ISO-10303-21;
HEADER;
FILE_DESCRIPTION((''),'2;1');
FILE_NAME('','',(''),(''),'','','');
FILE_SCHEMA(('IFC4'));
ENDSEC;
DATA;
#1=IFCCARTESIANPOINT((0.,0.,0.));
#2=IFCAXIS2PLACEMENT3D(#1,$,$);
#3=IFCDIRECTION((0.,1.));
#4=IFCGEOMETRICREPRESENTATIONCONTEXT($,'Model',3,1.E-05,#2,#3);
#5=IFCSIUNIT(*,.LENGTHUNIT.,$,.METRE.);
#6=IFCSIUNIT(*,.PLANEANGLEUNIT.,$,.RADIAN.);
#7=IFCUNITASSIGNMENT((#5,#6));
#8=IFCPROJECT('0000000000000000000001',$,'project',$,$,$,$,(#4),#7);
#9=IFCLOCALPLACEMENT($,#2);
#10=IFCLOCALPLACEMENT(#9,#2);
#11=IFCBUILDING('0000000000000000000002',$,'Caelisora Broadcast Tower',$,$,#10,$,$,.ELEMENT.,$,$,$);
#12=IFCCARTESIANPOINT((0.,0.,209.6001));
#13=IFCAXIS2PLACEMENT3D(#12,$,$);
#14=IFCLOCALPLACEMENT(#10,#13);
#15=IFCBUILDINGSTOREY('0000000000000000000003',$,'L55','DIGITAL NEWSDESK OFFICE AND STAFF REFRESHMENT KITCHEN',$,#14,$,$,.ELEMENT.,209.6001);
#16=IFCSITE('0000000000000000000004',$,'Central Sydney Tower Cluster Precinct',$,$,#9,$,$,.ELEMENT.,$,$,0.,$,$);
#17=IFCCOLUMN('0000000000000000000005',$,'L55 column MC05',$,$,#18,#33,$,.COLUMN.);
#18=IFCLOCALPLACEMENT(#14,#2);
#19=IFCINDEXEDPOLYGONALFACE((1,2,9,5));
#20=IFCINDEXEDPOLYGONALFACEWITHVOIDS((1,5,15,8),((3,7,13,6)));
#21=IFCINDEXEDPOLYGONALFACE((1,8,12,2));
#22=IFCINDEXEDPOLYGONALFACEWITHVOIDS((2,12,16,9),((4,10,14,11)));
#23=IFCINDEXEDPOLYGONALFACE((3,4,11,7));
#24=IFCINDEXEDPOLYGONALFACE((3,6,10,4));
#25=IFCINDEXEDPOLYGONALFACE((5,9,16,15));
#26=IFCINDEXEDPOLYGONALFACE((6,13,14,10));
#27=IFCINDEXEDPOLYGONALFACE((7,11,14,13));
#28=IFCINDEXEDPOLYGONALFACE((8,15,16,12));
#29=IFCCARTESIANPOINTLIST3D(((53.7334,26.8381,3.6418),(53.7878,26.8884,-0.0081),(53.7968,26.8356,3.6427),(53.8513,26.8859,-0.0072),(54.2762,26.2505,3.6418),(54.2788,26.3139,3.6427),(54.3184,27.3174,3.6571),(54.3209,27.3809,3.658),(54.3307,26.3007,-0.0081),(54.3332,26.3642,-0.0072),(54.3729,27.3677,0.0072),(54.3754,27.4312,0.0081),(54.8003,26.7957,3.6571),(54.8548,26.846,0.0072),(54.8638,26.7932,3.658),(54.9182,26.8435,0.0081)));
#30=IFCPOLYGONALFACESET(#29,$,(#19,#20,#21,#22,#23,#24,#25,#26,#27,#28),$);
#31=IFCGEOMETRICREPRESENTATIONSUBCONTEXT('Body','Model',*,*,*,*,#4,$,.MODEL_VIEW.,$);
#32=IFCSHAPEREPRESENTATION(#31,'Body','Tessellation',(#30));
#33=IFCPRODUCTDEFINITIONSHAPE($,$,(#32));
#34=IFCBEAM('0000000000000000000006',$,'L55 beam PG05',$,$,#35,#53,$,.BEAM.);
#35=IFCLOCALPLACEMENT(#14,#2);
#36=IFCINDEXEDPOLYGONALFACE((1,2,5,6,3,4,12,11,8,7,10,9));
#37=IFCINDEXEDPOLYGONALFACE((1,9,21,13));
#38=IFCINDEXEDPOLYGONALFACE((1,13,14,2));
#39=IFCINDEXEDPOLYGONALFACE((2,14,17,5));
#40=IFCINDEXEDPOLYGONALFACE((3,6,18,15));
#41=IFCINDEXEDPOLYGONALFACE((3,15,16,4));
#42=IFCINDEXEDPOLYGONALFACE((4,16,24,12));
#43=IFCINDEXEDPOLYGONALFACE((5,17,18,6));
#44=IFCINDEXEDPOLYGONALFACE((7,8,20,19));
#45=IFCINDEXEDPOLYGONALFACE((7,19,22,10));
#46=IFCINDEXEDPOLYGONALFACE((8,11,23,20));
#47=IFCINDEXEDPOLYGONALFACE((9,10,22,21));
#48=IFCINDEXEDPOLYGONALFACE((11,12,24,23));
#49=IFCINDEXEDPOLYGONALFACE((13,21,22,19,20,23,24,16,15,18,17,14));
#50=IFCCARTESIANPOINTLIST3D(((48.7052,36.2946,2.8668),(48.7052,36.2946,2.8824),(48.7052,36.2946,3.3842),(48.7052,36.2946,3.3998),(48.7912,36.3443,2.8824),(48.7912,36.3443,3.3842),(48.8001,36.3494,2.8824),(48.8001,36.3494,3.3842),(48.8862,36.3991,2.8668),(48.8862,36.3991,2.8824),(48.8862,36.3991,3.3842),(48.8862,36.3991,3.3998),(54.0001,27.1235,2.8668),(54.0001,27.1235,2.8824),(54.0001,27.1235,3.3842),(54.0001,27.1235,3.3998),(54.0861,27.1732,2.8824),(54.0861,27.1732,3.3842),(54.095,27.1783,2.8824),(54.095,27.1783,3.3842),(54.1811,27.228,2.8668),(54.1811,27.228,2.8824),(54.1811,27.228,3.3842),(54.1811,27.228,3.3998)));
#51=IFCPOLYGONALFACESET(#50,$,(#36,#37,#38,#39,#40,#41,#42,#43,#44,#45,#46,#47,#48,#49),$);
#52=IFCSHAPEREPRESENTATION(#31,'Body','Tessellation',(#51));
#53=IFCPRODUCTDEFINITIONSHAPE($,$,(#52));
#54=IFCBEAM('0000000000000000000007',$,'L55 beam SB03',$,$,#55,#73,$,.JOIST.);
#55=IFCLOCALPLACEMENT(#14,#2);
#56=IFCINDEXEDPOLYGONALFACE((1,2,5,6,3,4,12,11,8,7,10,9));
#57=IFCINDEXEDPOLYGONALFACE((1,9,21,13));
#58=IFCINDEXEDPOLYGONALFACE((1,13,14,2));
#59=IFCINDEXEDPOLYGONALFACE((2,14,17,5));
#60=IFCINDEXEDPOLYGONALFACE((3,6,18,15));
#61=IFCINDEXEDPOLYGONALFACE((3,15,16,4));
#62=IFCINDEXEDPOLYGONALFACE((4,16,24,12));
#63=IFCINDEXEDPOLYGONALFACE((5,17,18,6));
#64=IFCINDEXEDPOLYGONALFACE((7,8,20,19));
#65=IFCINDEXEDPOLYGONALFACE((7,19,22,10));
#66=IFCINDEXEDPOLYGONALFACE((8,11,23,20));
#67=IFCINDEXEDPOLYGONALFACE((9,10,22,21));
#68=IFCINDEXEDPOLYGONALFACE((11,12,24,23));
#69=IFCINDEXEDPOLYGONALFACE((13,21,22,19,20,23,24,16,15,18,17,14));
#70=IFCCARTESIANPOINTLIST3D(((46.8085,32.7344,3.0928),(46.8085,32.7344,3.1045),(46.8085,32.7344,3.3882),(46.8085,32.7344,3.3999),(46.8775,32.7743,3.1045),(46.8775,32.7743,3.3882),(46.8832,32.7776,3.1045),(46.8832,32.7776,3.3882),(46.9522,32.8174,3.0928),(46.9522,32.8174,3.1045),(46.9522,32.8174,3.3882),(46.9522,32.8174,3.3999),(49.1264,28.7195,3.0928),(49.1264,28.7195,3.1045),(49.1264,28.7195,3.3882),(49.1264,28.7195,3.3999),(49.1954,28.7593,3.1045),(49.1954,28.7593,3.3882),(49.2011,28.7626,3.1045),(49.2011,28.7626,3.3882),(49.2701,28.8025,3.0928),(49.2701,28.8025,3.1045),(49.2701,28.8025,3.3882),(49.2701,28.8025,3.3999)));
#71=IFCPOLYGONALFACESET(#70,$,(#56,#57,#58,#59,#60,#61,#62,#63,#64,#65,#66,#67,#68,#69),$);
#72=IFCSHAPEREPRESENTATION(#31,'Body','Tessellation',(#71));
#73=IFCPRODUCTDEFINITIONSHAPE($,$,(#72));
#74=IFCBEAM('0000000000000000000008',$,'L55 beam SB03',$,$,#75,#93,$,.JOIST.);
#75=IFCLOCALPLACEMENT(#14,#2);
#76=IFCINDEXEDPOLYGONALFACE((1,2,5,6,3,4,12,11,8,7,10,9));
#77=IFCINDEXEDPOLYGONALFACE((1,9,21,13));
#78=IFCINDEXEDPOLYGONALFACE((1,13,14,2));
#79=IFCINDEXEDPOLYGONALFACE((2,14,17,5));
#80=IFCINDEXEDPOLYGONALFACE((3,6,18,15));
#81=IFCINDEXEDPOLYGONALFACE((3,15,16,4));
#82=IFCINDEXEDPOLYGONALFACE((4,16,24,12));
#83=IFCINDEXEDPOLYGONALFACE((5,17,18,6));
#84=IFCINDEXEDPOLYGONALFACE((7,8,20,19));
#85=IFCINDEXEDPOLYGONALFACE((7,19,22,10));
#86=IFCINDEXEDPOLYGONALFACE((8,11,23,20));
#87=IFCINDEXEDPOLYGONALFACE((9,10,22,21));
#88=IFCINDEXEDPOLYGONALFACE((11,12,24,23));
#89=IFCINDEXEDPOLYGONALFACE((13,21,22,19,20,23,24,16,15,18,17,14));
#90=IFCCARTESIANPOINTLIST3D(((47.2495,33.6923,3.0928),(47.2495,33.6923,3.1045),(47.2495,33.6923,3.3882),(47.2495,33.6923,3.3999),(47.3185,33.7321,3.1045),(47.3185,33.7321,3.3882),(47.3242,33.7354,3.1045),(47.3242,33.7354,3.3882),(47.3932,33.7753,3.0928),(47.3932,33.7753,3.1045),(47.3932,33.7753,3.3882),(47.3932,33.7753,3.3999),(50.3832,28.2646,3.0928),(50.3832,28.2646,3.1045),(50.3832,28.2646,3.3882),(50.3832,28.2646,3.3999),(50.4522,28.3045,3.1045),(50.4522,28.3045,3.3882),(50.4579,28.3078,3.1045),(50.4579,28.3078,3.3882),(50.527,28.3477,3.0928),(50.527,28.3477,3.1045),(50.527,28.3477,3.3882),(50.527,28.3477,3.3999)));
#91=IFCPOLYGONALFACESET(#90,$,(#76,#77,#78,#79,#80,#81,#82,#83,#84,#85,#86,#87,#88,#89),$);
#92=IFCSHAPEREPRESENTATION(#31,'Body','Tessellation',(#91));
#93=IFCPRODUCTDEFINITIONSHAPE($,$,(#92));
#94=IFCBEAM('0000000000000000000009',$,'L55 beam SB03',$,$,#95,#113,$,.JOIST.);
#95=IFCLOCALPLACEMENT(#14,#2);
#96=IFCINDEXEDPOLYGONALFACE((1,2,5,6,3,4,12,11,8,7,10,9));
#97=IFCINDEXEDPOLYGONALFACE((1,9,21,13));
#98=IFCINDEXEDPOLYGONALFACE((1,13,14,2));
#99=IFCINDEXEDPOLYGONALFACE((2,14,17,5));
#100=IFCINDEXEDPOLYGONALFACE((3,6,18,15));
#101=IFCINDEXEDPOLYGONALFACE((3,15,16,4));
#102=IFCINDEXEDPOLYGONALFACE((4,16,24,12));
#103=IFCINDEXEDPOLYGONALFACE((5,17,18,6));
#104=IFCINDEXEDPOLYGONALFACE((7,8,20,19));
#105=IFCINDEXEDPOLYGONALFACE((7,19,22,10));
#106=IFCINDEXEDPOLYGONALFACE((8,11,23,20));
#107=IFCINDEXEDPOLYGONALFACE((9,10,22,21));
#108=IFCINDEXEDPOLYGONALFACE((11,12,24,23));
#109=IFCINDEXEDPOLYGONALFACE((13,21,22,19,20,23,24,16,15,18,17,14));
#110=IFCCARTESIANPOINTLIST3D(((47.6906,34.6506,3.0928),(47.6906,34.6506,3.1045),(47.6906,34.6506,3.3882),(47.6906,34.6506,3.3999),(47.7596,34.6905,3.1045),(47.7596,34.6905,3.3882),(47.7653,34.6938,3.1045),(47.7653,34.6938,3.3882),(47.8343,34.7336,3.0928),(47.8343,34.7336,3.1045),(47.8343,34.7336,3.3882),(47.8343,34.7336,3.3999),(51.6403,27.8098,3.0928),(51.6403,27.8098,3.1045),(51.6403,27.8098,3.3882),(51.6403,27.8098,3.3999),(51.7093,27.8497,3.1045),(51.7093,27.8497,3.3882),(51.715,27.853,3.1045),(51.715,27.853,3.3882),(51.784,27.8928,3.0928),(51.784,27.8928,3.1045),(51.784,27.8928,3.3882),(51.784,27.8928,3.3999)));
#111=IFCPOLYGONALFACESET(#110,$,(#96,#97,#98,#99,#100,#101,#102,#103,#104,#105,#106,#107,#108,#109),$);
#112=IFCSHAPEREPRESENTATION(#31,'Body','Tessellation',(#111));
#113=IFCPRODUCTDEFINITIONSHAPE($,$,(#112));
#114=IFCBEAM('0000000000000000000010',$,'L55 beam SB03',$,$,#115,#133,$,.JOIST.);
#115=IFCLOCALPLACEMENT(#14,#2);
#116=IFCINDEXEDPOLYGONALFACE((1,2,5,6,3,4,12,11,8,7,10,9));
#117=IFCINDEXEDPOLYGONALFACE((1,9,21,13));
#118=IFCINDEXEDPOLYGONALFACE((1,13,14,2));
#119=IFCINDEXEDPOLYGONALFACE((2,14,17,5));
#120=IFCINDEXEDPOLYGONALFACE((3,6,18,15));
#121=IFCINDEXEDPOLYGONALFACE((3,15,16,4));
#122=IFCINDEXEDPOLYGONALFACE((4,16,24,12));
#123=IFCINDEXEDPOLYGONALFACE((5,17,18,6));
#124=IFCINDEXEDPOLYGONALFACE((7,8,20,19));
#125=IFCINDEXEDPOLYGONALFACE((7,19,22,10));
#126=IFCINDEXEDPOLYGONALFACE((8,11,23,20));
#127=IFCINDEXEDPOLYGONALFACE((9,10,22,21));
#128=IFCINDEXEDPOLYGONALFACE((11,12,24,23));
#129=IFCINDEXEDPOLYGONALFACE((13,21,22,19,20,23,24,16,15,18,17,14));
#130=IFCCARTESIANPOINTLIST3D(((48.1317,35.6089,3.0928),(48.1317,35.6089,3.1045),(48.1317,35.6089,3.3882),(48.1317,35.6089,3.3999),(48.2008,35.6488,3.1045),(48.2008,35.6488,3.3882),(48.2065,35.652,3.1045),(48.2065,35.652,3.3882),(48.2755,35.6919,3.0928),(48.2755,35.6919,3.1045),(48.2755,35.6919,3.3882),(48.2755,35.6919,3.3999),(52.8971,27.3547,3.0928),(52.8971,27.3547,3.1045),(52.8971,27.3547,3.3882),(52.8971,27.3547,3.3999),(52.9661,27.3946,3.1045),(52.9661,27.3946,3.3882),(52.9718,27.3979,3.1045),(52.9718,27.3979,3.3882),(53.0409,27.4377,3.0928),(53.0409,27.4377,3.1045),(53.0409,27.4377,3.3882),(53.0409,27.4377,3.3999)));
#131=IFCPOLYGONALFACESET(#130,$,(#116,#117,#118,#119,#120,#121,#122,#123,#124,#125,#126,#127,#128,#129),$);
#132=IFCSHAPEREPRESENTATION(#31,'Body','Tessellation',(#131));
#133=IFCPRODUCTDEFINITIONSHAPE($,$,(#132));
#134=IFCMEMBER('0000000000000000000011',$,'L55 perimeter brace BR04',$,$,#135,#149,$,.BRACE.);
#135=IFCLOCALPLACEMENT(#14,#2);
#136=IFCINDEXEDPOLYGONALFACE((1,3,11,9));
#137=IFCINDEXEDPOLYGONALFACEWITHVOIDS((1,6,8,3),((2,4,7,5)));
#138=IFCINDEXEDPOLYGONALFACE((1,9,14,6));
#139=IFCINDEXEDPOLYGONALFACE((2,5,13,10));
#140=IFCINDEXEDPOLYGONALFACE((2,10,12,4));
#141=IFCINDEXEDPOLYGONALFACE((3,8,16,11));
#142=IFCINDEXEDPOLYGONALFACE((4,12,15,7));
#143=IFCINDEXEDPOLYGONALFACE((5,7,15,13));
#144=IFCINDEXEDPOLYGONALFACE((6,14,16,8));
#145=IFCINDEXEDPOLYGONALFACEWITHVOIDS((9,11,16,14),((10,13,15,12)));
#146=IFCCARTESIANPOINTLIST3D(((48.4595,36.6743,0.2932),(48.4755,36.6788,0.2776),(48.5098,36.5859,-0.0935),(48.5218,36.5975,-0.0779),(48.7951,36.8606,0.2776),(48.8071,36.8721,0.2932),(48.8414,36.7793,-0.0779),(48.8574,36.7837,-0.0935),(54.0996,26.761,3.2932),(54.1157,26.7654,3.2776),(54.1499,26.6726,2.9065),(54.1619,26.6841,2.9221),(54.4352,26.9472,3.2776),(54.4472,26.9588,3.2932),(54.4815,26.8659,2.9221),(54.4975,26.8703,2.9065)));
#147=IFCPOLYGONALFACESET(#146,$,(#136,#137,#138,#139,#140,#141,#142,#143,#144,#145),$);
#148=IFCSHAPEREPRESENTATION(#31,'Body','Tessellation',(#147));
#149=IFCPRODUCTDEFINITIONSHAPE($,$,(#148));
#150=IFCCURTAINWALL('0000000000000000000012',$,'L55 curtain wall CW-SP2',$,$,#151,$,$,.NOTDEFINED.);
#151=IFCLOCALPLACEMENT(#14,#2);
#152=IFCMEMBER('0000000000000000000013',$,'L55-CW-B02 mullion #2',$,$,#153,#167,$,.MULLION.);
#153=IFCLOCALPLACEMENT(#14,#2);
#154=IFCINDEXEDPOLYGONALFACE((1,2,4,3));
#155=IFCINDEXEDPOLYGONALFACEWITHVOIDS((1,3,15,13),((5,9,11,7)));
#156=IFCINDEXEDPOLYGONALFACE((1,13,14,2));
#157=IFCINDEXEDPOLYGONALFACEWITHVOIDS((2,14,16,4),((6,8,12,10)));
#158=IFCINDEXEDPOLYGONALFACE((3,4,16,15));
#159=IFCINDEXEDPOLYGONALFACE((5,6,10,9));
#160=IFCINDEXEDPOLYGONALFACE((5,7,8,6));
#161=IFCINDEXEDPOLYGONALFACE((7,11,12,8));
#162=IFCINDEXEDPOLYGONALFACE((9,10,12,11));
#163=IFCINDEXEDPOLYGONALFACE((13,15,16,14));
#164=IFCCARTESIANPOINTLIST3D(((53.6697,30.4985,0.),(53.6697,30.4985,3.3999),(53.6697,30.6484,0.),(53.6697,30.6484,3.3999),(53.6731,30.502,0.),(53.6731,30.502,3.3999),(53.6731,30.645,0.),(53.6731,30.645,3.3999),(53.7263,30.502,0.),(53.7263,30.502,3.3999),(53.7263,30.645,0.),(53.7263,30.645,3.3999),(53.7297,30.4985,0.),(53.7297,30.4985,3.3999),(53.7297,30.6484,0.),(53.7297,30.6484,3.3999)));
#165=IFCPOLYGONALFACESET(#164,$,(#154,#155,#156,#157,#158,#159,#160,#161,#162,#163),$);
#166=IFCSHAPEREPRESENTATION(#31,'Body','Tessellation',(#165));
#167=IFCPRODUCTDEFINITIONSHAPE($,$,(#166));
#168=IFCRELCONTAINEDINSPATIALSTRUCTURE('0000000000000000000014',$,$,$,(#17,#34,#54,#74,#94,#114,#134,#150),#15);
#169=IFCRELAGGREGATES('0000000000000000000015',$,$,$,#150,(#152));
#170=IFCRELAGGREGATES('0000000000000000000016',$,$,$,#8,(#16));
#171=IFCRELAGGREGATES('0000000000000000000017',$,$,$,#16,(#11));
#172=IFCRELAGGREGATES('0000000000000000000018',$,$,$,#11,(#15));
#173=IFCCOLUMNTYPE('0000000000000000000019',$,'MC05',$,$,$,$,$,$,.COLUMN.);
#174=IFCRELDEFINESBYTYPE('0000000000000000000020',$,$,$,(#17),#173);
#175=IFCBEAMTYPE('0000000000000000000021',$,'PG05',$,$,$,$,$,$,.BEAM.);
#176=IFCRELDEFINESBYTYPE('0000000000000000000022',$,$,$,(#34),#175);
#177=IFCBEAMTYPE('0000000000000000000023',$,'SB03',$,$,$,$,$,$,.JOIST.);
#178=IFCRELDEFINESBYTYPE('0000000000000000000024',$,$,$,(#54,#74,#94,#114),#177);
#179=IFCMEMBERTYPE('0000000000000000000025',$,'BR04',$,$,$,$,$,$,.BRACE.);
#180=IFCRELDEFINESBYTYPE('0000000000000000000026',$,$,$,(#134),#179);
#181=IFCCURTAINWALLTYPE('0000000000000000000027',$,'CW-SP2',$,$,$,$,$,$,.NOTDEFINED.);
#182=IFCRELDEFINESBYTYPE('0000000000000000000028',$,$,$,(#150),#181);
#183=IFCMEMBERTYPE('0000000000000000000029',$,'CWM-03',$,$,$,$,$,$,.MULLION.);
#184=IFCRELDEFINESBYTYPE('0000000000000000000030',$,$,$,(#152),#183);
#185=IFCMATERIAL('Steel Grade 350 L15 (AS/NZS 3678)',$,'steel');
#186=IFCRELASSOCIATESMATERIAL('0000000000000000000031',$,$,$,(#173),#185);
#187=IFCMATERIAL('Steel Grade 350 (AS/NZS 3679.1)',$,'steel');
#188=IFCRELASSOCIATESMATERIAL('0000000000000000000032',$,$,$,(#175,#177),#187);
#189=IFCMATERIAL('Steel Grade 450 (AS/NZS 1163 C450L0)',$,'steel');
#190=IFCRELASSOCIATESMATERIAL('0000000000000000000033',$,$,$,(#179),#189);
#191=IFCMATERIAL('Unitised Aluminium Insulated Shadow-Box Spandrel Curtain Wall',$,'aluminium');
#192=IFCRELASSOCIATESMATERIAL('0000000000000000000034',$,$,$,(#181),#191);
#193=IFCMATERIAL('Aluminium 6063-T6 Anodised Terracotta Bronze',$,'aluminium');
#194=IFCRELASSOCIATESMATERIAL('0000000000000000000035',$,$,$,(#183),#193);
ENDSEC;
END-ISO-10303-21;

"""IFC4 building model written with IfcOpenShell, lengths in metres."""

from ifc_helpers import new_model, si_unit, direction, frame, origin, origin_2d, place, context, subcontext, project, spatial, hollow_rectangle, i_section, extrude, source, transform, mapped, material, material_profile, profile_set, type_object, type_shapes, element, aggregate, save


model = new_model("IFC4")

# Units and contexts
model_context = context("Model", 3, precision=1e-05, world=origin(), true_north=direction((0.0, 1.0)))
body_context = subcontext(model_context, "Body", "Model", "MODEL_VIEW")
ifc_project = project(units=[si_unit("LENGTHUNIT", "METRE"), si_unit("PLANEANGLEUNIT", "RADIAN")], contexts=[model_context])

# Site, building, storey
site_placement = place(None, origin())
site = spatial("IfcSite", under=ifc_project, at=site_placement, Name="Central Sydney Tower Cluster Precinct", CompositionType="ELEMENT", RefElevation=0.0)
building_placement = place(site_placement, origin())
building = spatial("IfcBuilding", under=site, at=building_placement, Name="Caelisora Broadcast Tower", CompositionType="ELEMENT")
storey_placement = place(building_placement, frame((0.0, 0.0, 209.6001)))
storey = spatial("IfcBuildingStorey", under=building, at=storey_placement, Name="L55", Description="DIGITAL NEWSDESK OFFICE AND STAFF REFRESHMENT KITCHEN", CompositionType="ELEMENT", Elevation=209.6001)

# Column
ifc_material_1 = material(Name="Steel Grade 350 L15 (AS/NZS 3678)", Category="steel")
ifc_material_profile_1 = material_profile(ifc_material_1, hollow_rectangle(XDim=0.8, YDim=0.8, WallThickness=0.0449, at=origin_2d()), Name="Steel Grade 350 L15 (AS/NZS 3678)")
ifc_profile_set_1 = profile_set([ifc_material_profile_1], Name="Steel Grade 350 L15 (AS/NZS 3678)")
column_type = type_object("IfcColumnType", Name="MC05", PredefinedType="COLUMN", material=ifc_profile_set_1)
shared_shape_1 = source(origin(), body_context, "Body", "SweptSolid", [
    extrude(hollow_rectangle(XDim=0.8, YDim=0.8, WallThickness=0.0449, at=origin_2d()), origin(), (0.0, 0.0, 1.0), 3.6506),
])
type_shapes(column_type, [shared_shape_1])
column_placement = place(storey_placement, frame((54.353, 26.866, 0.0), z_axis=(-0.014913, -0.013776, 0.999794), x_axis=(0.678554, -0.734551, 0.0)))
element("IfcColumn", 1, at=column_placement, inside=storey, type_object=column_type, Name="L55 column MC05", PredefinedType="COLUMN", context=body_context, shape_type="MappedRepresentation", body=[
    mapped(shared_shape_1, transform((0.0, 0.0, 0.0), scale=1.0)),
])

# Beams
ifc_material_2 = material(Name="Steel Grade 350 (AS/NZS 3679.1)", Category="steel")
ifc_material_profile_2 = material_profile(ifc_material_2, i_section(OverallWidth=0.209, OverallDepth=0.533, WebThickness=0.0103, FlangeThickness=0.0156, at=origin_2d()), Name="Steel Grade 350 (AS/NZS 3679.1)")
ifc_profile_set_2 = profile_set([ifc_material_profile_2], Name="Steel Grade 350 (AS/NZS 3679.1)")
beam_type_1 = type_object("IfcBeamType", Name="PG05", PredefinedType="BEAM", material=ifc_profile_set_2)
shared_shape_2 = source(origin(), body_context, "Body", "SweptSolid", [
    extrude(i_section(OverallWidth=0.209, OverallDepth=0.533, WebThickness=0.0103, FlangeThickness=0.0156, at=origin_2d()), origin(), (0.0, 0.0, 1.0), 10.5898),
])
type_shapes(beam_type_1, [shared_shape_2])
beam_1_placement = place(storey_placement, frame((54.0906, 27.1758, 3.1333), z_axis=(-0.499997, 0.866027, 0.0), x_axis=(-0.866027, -0.499997, 0.0)))
element("IfcBeam", 2, at=beam_1_placement, inside=storey, type_object=beam_type_1, Name="L55 beam PG05", PredefinedType="BEAM", context=body_context, shape_type="MappedRepresentation", body=[
    mapped(shared_shape_2, transform((0.0, 0.0, 0.0), scale=1.0)),
])
ifc_material_profile_3 = material_profile(ifc_material_2, i_section(OverallWidth=0.166, OverallDepth=0.3071, WebThickness=0.0066, FlangeThickness=0.0117, at=origin_2d()), Name="Steel Grade 350 (AS/NZS 3679.1)")
ifc_profile_set_3 = profile_set([ifc_material_profile_3], Name="Steel Grade 350 (AS/NZS 3679.1)")
beam_type_2 = type_object("IfcBeamType", Name="SB03", PredefinedType="JOIST", material=ifc_profile_set_3)
shared_shape_3 = source(origin(), body_context, "Body", "SweptSolid", [
    extrude(i_section(OverallWidth=0.166, OverallDepth=0.3071, WebThickness=0.0066, FlangeThickness=0.0117, at=origin_2d()), origin(), (0.0, 0.0, 1.0), 4.636),
])
beam_2_placement = place(storey_placement, frame((49.1982, 28.761, 3.2463), z_axis=(-0.499979, 0.866037, 0.0), x_axis=(-0.866037, -0.499979, 0.0)))
element("IfcBeam", 3, at=beam_2_placement, inside=storey, type_object=beam_type_2, Name="L55 beam SB03", PredefinedType="JOIST", context=body_context, shape_type="MappedRepresentation", body=[
    mapped(shared_shape_3, transform((0.0, 0.0, 0.0), scale=1.0)),
])
shared_shape_4 = source(origin(), body_context, "Body", "SweptSolid", [
    extrude(i_section(OverallWidth=0.166, OverallDepth=0.3071, WebThickness=0.0066, FlangeThickness=0.0117, at=origin_2d()), origin(), (0.0, 0.0, 1.0), 6.2673),
])
beam_3_placement = place(storey_placement, frame((50.4551, 28.3062, 3.2463), z_axis=(-0.50001, 0.86602, 0.0), x_axis=(-0.86602, -0.50001, 0.0)))
element("IfcBeam", 4, at=beam_3_placement, inside=storey, type_object=beam_type_2, Name="L55 beam SB03", PredefinedType="JOIST", context=body_context, shape_type="MappedRepresentation", body=[
    mapped(shared_shape_4, transform((0.0, 0.0, 0.0), scale=1.0)),
])
shared_shape_5 = source(origin(), body_context, "Body", "SweptSolid", [
    extrude(i_section(OverallWidth=0.166, OverallDepth=0.3071, WebThickness=0.0066, FlangeThickness=0.0117, at=origin_2d()), origin(), (0.0, 0.0, 1.0), 7.8992),
])
beam_4_placement = place(storey_placement, frame((51.7122, 27.8513, 3.2463), z_axis=(-0.500015, 0.866017, 0.0), x_axis=(-0.866017, -0.500015, 0.0)))
element("IfcBeam", 5, at=beam_4_placement, inside=storey, type_object=beam_type_2, Name="L55 beam SB03", PredefinedType="JOIST", context=body_context, shape_type="MappedRepresentation", body=[
    mapped(shared_shape_5, transform((0.0, 0.0, 0.0), scale=1.0)),
])
shared_shape_6 = source(origin(), body_context, "Body", "SweptSolid", [
    extrude(i_section(OverallWidth=0.166, OverallDepth=0.3071, WebThickness=0.0066, FlangeThickness=0.0117, at=origin_2d()), origin(), (0.0, 0.0, 1.0), 9.531),
])
type_shapes(beam_type_2, [shared_shape_3, shared_shape_4, shared_shape_5, shared_shape_6])
beam_5_placement = place(storey_placement, frame((52.969, 27.3962, 3.2463), z_axis=(-0.499988, 0.866032, 0.0), x_axis=(-0.866032, -0.499988, 0.0)))
element("IfcBeam", 6, at=beam_5_placement, inside=storey, type_object=beam_type_2, Name="L55 beam SB03", PredefinedType="JOIST", context=body_context, shape_type="MappedRepresentation", body=[
    mapped(shared_shape_6, transform((0.0, 0.0, 0.0), scale=1.0)),
])

# Member
ifc_material_3 = material(Name="Steel Grade 450 (AS/NZS 1163 C450L0)", Category="steel")
ifc_material_profile_4 = material_profile(ifc_material_3, hollow_rectangle(XDim=0.3999, YDim=0.3999, WallThickness=0.0161, at=origin_2d()), Name="Steel Grade 450 (AS/NZS 1163 C450L0)")
ifc_profile_set_4 = profile_set([ifc_material_profile_4], Name="Steel Grade 450 (AS/NZS 1163 C450L0)")
member_type_1 = type_object("IfcMemberType", Name="BR04", PredefinedType="BRACE", material=ifc_profile_set_4)
shared_shape_7 = source(origin(), body_context, "Body", "SweptSolid", [
    extrude(hollow_rectangle(XDim=0.3999, YDim=0.3999, WallThickness=0.0161, at=origin_2d()), origin(), (0.0, 0.0, 1.0), 11.7935),
])
type_shapes(member_type_1, [shared_shape_7])
member_1_placement = place(storey_placement, frame((54.2986, 26.8157, 3.0999), z_axis=(-0.478244, 0.84058, -0.254379), x_axis=(-0.869172, -0.494511, 0.0)))
element("IfcMember", 7, at=member_1_placement, inside=storey, type_object=member_type_1, Name="L55 perimeter brace BR04", PredefinedType="BRACE", context=body_context, shape_type="MappedRepresentation", body=[
    mapped(shared_shape_7, transform((0.0, 0.0, 0.0), scale=1.0)),
])

# Curtain wall, member
ifc_material_4 = material(Name="Unitised Aluminium Insulated Shadow-Box Spandrel Curtain Wall", Category="aluminium")
curtain_wall_type_1 = type_object("IfcCurtainWallType", Name="CW-SP2", PredefinedType="NOTDEFINED", material=ifc_material_4)
curtain_wall_1_placement = place(storey_placement, origin())
curtain_wall_1 = element("IfcCurtainWall", 8, at=curtain_wall_1_placement, inside=storey, type_object=curtain_wall_type_1, Name="L55 curtain wall CW-SP2", PredefinedType="NOTDEFINED")
ifc_material_5 = material(Name="Aluminium 6063-T6 Anodised Terracotta Bronze", Category="aluminium")
ifc_material_profile_5 = material_profile(ifc_material_5, hollow_rectangle(XDim=0.0601, YDim=0.1499, WallThickness=0.0034, at=origin_2d()), Name="Aluminium 6063-T6 Anodised Terracotta Bronze")
ifc_profile_set_5 = profile_set([ifc_material_profile_5], Name="Aluminium 6063-T6 Anodised Terracotta Bronze")
member_type_2 = type_object("IfcMemberType", Name="CWM-03", PredefinedType="MULLION", material=ifc_profile_set_5)
shared_shape_8 = source(origin(), body_context, "Body", "SweptSolid", [
    extrude(hollow_rectangle(XDim=0.0601, YDim=0.1499, WallThickness=0.0034, at=origin_2d()), origin(), (0.0, 0.0, 1.0), 3.3999),
])
type_shapes(member_type_2, [shared_shape_8])
member_2_placement = place(storey_placement, frame((53.6997, 30.5735, 0.0), z_axis=(0.0, 0.0, 1.0), x_axis=(1.0, 0.0, 0.0)))
member_2 = element("IfcMember", 9, at=member_2_placement, type_object=member_type_2, Name="L55-CW-B02 mullion #2", PredefinedType="MULLION", context=body_context, shape_type="MappedRepresentation", body=[
    mapped(shared_shape_8, transform((0.0, 0.0, 0.0), scale=1.0)),
])

aggregate(curtain_wall_1, [member_2])

save(model, "model.ifc")
